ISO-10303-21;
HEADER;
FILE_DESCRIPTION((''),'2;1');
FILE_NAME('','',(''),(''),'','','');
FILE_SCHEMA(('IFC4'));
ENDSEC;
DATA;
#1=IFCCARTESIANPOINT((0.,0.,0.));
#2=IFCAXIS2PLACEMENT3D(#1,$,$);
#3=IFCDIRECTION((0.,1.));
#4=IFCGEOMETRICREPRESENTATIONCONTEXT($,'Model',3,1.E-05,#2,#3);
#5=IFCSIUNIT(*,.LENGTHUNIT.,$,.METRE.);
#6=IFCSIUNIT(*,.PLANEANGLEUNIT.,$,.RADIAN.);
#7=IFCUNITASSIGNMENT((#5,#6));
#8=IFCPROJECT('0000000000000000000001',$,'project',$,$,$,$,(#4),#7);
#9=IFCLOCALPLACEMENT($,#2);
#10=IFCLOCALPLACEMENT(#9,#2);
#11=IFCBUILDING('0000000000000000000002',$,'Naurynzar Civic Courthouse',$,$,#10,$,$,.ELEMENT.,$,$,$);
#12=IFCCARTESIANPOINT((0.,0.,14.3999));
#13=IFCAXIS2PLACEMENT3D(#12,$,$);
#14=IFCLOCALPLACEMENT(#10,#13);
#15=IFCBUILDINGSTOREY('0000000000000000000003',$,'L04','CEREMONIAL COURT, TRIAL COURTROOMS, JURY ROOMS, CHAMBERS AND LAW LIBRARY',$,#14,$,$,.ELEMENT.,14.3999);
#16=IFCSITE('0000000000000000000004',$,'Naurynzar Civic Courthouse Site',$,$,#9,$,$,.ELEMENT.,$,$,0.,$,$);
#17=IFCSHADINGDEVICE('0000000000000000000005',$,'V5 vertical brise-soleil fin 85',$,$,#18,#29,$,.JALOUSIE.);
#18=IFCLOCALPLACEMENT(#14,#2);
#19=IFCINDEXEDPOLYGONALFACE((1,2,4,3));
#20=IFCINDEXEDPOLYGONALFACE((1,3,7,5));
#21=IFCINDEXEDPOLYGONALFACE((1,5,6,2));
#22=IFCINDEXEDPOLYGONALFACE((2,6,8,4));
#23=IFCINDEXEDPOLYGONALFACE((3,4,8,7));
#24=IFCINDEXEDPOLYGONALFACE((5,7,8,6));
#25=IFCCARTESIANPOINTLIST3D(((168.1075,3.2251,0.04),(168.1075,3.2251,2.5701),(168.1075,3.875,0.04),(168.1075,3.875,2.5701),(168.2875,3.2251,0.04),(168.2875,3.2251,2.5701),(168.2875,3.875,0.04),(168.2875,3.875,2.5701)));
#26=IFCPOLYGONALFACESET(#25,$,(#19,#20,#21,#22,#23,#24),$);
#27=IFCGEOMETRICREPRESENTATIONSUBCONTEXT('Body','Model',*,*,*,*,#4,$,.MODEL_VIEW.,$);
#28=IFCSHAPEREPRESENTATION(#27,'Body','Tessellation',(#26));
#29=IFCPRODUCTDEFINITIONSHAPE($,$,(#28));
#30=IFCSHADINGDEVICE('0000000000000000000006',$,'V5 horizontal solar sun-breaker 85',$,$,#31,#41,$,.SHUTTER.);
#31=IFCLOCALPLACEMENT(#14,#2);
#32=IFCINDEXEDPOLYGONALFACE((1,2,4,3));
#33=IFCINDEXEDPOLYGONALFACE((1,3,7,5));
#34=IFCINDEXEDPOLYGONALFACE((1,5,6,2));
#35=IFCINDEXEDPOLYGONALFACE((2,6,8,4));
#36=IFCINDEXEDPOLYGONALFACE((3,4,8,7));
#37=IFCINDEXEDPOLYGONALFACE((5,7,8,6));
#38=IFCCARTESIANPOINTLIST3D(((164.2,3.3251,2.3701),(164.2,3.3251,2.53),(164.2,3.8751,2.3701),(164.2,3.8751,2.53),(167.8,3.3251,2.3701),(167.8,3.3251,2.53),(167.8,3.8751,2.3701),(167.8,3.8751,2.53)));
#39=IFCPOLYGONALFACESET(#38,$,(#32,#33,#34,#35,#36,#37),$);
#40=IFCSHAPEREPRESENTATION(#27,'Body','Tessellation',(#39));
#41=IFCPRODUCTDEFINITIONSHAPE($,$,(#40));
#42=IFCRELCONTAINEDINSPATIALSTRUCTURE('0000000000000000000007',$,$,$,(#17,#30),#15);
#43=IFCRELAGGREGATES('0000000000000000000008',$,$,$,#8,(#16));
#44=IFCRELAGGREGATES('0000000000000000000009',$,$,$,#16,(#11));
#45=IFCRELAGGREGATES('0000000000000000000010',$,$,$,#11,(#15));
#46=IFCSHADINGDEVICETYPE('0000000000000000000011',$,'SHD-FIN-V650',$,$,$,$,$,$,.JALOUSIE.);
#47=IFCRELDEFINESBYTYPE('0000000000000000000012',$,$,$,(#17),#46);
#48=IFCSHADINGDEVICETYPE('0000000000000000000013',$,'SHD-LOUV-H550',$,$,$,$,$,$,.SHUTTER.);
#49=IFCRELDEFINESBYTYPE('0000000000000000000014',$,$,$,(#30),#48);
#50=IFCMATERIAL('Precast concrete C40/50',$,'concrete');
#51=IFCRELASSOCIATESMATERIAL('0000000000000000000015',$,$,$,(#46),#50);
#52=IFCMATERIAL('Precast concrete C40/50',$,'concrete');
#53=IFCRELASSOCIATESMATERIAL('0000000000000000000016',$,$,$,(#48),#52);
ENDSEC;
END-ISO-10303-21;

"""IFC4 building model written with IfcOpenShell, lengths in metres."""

from ifc_helpers import new_model, si_unit, direction, frame, origin, origin_2d, place, context, subcontext, project, spatial, rectangle, extrude, material, type_object, element, save


model = new_model("IFC4")

# Units and contexts
model_context = context("Model", 3, precision=1e-05, world=origin(), true_north=direction((0.0, 1.0)))
body_context = subcontext(model_context, "Body", "Model", "MODEL_VIEW")
ifc_project = project(units=[si_unit("LENGTHUNIT", "METRE"), si_unit("PLANEANGLEUNIT", "RADIAN")], contexts=[model_context])

# Site, building, storey
site_placement = place(None, origin())
site = spatial("IfcSite", under=ifc_project, at=site_placement, Name="Naurynzar Civic Courthouse Site", CompositionType="ELEMENT", RefElevation=0.0)
building_placement = place(site_placement, origin())
building = spatial("IfcBuilding", under=site, at=building_placement, Name="Naurynzar Civic Courthouse", CompositionType="ELEMENT")
storey_placement = place(building_placement, frame((0.0, 0.0, 14.3999)))
storey = spatial("IfcBuildingStorey", under=building, at=storey_placement, Name="L04", Description="CEREMONIAL COURT, TRIAL COURTROOMS, JURY ROOMS, CHAMBERS AND LAW LIBRARY", CompositionType="ELEMENT", Elevation=14.3999)

# Shading devices
ifc_material_1 = material(Name="Precast concrete C40/50", Category="concrete")
shading_device_type_1 = type_object("IfcShadingDeviceType", Name="SHD-FIN-V650", PredefinedType="JALOUSIE", material=ifc_material_1)
shading_device_1_placement = place(storey_placement, frame((168.1975, 3.55, 0.04), z_axis=(0.0, 0.0, 1.0), x_axis=(-1.0, 0.0, 0.0)))
element("IfcShadingDevice", 1, at=shading_device_1_placement, inside=storey, type_object=shading_device_type_1, Name="V5 vertical brise-soleil fin 85", PredefinedType="JALOUSIE", context=body_context, shape_type="SweptSolid", body=[
    extrude(rectangle(XDim=0.1799, YDim=0.6499, at=origin_2d()), origin(), (0.0, 0.0, 1.0), 2.53),
])
ifc_material_2 = material(Name="Precast concrete C40/50", Category="concrete")
shading_device_type_2 = type_object("IfcShadingDeviceType", Name="SHD-LOUV-H550", PredefinedType="SHUTTER", material=ifc_material_2)
shading_device_2_placement = place(storey_placement, frame((166.0, 3.6001, 2.3701), z_axis=(0.0, 0.0, 1.0), x_axis=(-1.0, 0.0, 0.0)))
element("IfcShadingDevice", 2, at=shading_device_2_placement, inside=storey, type_object=shading_device_type_2, Name="V5 horizontal solar sun-breaker 85", PredefinedType="SHUTTER", context=body_context, shape_type="SweptSolid", body=[
    extrude(rectangle(XDim=3.6001, YDim=0.55, at=origin_2d()), origin(), (0.0, 0.0, 1.0), 0.1599),
])

save(model, "model.ifc")
